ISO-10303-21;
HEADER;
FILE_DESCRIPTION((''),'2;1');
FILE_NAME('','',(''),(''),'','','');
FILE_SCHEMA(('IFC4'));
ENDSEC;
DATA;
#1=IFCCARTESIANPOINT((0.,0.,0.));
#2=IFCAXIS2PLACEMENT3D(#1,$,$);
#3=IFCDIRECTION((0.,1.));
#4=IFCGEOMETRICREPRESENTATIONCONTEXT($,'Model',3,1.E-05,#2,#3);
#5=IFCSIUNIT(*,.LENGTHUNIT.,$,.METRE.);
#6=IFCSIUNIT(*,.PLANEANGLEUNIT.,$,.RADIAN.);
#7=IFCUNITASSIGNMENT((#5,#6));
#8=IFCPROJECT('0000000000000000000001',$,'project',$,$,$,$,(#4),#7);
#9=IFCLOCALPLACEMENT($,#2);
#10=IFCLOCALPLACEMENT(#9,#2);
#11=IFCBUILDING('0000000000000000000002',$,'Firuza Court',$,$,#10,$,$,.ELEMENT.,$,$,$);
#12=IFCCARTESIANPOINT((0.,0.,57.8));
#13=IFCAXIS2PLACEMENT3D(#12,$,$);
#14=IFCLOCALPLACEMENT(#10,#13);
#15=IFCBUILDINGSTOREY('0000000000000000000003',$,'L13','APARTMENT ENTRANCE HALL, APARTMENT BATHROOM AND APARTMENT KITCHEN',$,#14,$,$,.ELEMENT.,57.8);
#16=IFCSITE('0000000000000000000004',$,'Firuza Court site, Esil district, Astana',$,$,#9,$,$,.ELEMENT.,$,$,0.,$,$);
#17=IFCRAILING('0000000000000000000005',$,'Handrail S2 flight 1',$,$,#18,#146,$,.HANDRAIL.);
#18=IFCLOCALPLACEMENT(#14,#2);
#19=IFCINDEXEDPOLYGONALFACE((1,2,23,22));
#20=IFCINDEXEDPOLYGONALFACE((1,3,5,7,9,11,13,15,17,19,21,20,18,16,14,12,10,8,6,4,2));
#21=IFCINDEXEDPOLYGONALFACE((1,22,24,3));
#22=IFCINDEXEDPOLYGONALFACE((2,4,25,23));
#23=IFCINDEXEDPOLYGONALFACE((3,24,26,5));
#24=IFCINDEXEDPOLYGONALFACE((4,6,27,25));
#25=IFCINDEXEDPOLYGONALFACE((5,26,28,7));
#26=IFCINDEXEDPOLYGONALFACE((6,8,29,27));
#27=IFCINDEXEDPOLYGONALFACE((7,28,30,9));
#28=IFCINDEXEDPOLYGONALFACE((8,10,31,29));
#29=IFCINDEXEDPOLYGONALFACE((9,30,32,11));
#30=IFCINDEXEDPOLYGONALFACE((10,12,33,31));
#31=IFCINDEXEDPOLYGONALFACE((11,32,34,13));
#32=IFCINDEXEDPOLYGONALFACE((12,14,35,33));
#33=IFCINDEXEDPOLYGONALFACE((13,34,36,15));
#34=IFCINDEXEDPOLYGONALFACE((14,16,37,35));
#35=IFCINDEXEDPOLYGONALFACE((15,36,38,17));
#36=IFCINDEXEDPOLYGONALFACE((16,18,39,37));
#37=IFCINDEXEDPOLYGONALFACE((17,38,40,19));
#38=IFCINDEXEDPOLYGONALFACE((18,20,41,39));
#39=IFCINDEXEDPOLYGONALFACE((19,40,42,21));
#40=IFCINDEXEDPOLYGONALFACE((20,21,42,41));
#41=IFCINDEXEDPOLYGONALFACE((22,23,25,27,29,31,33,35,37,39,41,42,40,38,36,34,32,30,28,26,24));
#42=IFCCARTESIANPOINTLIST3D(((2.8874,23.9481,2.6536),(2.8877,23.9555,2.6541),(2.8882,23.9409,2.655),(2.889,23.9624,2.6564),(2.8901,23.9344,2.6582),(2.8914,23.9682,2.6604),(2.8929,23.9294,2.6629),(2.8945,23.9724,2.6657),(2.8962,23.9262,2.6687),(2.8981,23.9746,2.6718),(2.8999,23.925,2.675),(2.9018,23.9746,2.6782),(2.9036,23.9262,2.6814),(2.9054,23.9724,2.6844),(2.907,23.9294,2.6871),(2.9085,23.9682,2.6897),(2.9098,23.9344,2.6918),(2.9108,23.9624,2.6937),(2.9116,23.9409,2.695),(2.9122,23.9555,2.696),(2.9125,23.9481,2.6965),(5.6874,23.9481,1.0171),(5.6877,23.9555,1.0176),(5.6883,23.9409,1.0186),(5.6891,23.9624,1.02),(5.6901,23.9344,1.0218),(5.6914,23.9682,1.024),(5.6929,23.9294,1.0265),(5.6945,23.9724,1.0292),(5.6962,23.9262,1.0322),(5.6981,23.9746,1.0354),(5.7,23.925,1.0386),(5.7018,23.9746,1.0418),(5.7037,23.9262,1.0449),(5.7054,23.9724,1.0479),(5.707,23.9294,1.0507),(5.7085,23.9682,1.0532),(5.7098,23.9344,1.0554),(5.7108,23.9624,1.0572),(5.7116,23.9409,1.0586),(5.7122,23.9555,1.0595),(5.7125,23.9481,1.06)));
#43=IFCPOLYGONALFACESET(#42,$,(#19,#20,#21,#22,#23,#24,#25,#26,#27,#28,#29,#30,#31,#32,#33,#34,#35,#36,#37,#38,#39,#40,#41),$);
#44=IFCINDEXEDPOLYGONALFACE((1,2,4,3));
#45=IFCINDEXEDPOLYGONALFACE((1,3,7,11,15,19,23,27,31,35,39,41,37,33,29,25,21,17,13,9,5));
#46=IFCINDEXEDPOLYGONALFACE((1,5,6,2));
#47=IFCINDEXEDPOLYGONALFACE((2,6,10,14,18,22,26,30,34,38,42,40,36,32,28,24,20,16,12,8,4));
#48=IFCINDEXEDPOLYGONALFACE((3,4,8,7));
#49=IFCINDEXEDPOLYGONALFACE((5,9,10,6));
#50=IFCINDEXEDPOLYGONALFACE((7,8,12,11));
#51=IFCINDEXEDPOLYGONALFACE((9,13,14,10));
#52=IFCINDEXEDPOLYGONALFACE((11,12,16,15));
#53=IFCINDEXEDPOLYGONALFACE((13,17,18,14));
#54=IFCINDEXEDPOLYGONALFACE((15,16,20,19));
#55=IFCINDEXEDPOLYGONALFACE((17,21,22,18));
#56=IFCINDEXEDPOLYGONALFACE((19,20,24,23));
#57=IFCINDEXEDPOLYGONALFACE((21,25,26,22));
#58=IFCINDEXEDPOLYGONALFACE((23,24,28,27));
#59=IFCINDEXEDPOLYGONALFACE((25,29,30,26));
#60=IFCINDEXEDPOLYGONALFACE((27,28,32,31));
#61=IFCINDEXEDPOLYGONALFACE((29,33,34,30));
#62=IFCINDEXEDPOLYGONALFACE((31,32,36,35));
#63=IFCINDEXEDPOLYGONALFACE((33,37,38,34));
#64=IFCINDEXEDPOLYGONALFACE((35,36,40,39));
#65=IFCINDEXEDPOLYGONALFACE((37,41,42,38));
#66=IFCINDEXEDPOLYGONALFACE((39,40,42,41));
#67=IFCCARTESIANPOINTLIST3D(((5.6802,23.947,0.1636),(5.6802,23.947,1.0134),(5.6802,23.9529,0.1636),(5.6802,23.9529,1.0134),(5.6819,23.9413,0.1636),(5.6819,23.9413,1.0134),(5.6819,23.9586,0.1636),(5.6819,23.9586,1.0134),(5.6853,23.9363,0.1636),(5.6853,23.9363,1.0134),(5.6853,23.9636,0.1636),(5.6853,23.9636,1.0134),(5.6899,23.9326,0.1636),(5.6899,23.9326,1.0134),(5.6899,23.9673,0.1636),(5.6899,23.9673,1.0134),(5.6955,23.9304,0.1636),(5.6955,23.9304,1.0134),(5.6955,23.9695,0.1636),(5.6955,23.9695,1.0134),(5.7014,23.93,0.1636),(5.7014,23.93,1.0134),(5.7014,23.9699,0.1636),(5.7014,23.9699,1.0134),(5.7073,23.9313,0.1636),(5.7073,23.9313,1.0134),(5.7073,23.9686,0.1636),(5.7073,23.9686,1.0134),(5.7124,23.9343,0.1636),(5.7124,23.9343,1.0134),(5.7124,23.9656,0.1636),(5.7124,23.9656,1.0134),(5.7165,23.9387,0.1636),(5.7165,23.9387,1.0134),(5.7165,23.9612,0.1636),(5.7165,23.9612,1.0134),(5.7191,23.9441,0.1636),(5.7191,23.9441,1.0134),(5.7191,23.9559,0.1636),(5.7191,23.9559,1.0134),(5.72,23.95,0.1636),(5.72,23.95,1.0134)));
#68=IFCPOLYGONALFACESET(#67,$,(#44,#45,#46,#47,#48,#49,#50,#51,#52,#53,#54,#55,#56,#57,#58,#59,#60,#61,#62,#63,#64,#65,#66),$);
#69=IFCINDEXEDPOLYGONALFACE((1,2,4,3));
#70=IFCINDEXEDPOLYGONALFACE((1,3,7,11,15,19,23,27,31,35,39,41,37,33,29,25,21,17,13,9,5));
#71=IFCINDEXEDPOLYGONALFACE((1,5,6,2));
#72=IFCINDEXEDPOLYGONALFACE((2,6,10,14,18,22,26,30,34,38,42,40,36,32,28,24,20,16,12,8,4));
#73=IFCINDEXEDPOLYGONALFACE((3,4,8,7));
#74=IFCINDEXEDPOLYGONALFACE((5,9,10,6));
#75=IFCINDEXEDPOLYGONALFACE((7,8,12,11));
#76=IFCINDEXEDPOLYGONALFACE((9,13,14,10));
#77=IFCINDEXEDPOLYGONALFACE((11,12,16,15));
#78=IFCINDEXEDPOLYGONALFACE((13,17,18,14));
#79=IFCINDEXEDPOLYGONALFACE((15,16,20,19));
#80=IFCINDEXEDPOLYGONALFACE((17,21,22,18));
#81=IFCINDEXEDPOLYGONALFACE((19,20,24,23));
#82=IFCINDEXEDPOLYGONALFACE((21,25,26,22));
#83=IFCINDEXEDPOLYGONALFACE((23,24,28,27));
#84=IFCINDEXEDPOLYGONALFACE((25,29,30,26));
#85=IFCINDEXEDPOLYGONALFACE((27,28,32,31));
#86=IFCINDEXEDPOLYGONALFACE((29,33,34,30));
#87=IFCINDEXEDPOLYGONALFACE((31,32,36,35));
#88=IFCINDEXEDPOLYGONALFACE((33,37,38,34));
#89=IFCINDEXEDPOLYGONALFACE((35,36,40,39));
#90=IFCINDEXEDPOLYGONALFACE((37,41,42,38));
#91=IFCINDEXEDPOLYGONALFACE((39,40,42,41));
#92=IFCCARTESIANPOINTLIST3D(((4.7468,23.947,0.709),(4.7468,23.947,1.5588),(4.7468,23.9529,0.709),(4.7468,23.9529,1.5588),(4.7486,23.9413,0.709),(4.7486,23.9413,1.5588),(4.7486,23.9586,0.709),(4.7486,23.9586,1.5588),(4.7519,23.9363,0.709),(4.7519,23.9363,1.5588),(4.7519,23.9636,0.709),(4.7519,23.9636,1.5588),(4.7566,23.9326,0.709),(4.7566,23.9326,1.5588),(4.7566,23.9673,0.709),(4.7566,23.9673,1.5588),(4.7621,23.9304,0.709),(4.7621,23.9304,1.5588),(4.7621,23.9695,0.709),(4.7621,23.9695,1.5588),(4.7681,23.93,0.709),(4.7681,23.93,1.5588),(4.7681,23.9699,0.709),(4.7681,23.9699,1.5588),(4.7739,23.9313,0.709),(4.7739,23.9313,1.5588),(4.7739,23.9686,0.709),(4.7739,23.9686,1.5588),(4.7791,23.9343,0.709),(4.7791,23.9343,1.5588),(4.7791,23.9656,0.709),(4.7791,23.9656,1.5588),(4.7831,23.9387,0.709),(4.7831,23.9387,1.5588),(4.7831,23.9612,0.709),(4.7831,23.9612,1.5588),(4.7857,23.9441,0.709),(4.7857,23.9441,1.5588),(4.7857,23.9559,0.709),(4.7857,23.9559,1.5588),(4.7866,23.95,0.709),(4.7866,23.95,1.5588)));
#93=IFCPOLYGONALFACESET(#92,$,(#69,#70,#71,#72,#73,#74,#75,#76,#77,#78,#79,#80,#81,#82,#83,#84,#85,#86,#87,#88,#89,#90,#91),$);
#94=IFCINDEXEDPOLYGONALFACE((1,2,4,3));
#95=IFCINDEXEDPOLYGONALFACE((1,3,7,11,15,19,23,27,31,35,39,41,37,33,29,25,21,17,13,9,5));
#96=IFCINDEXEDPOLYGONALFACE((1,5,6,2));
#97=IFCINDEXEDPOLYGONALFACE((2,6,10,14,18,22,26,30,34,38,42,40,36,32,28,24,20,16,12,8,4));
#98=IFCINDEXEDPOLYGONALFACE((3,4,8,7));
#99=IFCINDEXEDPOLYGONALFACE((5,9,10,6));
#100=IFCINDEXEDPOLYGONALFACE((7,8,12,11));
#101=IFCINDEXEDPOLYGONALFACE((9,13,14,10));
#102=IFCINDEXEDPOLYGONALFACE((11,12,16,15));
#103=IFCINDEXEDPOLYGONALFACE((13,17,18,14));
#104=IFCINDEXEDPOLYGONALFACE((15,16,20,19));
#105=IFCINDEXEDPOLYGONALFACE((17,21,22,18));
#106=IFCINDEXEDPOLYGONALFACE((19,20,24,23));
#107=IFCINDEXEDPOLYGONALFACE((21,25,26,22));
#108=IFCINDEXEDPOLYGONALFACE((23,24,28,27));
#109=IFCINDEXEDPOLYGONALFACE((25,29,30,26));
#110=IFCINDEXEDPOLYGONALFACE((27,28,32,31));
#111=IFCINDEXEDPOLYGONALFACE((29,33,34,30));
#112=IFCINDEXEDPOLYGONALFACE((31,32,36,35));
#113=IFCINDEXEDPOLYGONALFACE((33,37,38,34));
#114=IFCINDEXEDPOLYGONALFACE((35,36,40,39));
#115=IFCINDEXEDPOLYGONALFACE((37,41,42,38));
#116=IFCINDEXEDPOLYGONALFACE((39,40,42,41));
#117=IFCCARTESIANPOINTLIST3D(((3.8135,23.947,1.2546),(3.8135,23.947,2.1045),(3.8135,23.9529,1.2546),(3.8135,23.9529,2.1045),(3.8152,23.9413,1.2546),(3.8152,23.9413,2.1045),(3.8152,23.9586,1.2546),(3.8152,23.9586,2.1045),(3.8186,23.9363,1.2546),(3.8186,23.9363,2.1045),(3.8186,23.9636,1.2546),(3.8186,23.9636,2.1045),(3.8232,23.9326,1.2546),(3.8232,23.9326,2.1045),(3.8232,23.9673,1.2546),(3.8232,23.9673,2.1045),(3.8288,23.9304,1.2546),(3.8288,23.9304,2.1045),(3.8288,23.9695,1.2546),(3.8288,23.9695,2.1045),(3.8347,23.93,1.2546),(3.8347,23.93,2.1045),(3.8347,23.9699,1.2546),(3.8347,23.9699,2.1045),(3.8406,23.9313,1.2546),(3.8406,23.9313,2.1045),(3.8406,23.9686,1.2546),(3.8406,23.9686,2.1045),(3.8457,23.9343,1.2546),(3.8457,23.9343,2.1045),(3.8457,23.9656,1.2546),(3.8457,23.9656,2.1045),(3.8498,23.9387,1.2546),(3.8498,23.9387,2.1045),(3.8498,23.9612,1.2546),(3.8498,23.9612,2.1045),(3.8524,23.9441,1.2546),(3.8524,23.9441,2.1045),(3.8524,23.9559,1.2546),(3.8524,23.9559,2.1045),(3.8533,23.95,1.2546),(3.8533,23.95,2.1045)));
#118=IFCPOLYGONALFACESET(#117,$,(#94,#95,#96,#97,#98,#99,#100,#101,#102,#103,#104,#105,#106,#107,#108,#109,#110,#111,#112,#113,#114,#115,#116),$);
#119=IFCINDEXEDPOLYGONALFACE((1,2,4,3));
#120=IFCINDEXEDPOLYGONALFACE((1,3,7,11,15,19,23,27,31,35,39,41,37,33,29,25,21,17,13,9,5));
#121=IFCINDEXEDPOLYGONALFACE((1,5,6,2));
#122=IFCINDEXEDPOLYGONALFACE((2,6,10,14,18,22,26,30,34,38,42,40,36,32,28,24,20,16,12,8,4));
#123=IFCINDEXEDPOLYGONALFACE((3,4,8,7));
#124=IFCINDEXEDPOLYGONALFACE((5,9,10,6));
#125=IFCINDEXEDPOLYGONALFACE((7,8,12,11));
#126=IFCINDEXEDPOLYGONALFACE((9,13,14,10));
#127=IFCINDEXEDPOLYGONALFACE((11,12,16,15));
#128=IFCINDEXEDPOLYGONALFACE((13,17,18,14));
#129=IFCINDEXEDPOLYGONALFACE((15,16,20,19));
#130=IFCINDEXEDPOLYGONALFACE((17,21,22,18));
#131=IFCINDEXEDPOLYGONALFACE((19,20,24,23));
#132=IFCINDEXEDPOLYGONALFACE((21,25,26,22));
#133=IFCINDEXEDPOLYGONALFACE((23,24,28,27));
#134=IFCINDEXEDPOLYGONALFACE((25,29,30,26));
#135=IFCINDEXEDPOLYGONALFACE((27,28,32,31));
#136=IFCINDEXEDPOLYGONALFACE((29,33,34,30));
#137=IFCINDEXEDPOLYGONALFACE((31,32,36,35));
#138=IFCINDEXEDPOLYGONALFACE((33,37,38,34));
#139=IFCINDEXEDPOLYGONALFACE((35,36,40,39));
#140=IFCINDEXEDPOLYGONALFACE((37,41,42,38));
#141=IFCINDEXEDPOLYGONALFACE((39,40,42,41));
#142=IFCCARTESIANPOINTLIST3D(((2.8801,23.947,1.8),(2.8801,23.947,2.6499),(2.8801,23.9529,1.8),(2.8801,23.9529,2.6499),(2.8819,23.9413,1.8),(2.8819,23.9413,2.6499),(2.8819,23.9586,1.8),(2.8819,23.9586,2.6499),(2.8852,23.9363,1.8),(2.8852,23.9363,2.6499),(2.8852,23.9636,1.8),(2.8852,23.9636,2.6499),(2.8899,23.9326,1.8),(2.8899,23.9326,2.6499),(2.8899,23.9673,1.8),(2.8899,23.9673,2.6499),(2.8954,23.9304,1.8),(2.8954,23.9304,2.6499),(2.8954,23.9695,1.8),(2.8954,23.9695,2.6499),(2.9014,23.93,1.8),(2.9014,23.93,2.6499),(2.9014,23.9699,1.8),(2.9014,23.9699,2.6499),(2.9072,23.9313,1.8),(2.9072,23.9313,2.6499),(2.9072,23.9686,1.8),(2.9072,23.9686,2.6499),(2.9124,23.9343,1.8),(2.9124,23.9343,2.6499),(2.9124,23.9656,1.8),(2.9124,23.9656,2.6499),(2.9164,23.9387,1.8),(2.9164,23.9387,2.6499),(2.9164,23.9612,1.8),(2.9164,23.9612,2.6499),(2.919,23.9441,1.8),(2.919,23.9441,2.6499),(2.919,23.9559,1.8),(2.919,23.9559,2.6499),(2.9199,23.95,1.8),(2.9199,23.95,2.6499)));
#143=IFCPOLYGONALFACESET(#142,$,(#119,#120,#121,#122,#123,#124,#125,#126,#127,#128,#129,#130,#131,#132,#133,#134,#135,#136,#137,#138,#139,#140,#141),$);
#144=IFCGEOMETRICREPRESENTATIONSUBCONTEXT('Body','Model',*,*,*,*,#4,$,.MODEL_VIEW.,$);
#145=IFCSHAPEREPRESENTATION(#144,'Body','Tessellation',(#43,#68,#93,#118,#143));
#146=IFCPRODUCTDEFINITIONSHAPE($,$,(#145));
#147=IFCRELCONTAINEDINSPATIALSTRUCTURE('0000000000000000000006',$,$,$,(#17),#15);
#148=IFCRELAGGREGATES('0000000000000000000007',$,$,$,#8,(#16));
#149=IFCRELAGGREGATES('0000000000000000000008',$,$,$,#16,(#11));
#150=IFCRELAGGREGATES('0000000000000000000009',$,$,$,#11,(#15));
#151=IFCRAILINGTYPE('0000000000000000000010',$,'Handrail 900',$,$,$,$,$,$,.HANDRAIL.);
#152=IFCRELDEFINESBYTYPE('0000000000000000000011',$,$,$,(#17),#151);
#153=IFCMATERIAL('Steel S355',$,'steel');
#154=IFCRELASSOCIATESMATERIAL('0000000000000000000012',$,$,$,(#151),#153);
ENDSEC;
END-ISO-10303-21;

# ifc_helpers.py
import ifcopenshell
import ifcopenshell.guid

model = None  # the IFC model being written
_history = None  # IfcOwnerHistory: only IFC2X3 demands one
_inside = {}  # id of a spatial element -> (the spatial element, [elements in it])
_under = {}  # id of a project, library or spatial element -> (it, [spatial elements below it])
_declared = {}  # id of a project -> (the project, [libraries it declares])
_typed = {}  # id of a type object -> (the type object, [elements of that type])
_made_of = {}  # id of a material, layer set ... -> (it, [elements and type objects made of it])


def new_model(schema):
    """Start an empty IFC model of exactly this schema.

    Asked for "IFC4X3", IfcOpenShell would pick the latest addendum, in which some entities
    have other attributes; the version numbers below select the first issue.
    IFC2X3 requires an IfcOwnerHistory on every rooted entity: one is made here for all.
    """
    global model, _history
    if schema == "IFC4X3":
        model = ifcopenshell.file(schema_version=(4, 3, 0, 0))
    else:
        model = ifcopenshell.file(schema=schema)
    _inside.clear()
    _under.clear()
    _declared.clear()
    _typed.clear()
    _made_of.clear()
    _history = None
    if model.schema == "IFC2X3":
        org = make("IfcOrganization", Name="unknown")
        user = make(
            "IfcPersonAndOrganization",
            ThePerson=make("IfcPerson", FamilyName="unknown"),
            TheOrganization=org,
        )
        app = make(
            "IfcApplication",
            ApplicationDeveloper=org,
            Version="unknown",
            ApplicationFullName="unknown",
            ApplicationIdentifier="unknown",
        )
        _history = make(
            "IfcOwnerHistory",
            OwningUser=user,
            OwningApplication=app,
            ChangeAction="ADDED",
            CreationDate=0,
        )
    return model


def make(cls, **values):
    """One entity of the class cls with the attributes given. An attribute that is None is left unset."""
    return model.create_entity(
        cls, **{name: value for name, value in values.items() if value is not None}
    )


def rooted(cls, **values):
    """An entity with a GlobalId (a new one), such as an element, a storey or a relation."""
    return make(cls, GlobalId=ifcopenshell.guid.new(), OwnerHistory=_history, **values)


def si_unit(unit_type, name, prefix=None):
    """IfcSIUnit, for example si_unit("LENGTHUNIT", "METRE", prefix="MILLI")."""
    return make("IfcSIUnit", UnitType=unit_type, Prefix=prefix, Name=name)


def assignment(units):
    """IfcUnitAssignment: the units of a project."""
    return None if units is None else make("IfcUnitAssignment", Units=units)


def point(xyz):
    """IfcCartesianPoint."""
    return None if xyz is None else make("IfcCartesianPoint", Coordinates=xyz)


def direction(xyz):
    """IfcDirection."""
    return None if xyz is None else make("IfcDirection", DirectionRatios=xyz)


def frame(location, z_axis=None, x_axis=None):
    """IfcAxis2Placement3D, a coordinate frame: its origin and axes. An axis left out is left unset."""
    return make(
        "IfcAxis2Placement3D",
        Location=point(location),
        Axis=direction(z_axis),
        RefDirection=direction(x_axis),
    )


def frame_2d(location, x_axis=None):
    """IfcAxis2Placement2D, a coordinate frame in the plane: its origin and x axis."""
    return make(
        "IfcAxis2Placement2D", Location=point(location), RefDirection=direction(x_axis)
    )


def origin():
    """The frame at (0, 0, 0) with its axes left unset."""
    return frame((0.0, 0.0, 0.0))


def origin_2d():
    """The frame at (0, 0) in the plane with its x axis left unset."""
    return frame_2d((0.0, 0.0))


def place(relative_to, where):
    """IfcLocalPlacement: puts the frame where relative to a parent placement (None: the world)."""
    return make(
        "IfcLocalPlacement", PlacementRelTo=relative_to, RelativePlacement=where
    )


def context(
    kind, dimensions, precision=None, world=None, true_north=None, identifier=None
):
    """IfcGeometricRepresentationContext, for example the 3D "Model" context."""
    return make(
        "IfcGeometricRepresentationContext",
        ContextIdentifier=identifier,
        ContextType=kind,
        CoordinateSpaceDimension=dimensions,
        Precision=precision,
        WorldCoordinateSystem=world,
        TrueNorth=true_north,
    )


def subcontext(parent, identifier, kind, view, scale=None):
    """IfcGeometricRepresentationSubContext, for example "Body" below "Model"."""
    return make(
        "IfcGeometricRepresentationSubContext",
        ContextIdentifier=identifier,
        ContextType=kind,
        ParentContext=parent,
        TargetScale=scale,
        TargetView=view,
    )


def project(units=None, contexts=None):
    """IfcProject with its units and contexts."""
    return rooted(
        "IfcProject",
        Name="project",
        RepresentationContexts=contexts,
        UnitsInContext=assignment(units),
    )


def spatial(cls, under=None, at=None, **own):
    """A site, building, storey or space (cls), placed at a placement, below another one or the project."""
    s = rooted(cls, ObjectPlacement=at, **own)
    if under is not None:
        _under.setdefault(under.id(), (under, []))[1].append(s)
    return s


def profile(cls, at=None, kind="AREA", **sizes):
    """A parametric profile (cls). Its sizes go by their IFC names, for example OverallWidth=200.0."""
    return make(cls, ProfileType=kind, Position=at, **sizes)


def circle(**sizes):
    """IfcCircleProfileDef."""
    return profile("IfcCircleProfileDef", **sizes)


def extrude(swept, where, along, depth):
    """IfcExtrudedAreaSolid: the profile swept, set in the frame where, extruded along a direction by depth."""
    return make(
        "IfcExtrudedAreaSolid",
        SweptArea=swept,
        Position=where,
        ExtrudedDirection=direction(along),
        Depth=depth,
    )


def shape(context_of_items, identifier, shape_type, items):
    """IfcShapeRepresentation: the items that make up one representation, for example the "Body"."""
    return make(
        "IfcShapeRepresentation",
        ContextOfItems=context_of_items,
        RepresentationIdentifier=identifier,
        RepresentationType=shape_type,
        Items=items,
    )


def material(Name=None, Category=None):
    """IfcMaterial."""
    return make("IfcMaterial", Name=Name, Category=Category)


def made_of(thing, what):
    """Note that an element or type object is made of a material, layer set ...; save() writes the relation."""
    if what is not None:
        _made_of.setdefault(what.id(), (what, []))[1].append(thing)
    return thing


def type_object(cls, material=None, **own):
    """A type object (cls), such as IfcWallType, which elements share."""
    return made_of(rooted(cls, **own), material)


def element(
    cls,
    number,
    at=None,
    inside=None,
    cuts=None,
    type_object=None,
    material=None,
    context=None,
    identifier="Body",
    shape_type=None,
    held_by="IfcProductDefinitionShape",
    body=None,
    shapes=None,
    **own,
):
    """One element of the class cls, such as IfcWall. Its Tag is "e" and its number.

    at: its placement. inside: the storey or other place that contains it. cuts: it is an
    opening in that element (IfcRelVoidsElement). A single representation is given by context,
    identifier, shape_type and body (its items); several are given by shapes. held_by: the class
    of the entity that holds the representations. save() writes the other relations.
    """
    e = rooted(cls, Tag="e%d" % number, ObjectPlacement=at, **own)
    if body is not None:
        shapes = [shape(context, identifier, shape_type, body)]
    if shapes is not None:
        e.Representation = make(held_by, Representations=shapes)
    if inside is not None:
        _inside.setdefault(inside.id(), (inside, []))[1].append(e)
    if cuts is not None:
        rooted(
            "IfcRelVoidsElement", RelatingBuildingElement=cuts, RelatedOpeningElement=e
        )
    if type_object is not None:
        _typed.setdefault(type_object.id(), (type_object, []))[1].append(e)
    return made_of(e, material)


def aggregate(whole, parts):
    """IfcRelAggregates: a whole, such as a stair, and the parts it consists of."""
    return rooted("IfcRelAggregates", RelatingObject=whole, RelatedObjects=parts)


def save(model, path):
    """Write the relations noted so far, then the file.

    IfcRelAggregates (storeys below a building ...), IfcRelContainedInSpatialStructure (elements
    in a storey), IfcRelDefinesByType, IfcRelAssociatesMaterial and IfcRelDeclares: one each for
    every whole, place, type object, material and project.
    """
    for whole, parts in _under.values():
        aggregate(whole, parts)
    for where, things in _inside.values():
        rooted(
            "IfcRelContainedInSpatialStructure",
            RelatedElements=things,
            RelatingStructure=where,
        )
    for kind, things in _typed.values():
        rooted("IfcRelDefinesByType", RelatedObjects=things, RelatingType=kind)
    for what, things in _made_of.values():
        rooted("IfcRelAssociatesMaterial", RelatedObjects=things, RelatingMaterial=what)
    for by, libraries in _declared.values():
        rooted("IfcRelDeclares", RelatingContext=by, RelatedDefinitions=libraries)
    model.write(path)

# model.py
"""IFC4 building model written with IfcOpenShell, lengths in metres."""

from ifc_helpers import new_model, si_unit, direction, frame, origin, origin_2d, place, context, subcontext, project, spatial, circle, extrude, material, type_object, element, save


model = new_model("IFC4")

# Units and contexts
model_context = context("Model", 3, precision=1e-05, world=origin(), true_north=direction((0.0, 1.0)))
body_context = subcontext(model_context, "Body", "Model", "MODEL_VIEW")
ifc_project = project(units=[si_unit("LENGTHUNIT", "METRE"), si_unit("PLANEANGLEUNIT", "RADIAN")], contexts=[model_context])

# Site, building, storey
site_placement = place(None, origin())
site = spatial("IfcSite", under=ifc_project, at=site_placement, Name="Firuza Court site, Esil district, Astana", CompositionType="ELEMENT", RefElevation=0.0)
building_placement = place(site_placement, origin())
building = spatial("IfcBuilding", under=site, at=building_placement, Name="Firuza Court", CompositionType="ELEMENT")
storey_placement = place(building_placement, frame((0.0, 0.0, 57.8)))
storey = spatial("IfcBuildingStorey", under=building, at=storey_placement, Name="L13", Description="APARTMENT ENTRANCE HALL, APARTMENT BATHROOM AND APARTMENT KITCHEN", CompositionType="ELEMENT", Elevation=57.8)

# Railing
ifc_material_1 = material(Name="Steel S355", Category="steel")
railing_type_1 = type_object("IfcRailingType", Name="Handrail 900", PredefinedType="HANDRAIL", material=ifc_material_1)
railing_1_placement = place(storey_placement, frame((5.7, 23.95, 0.1636)))
element("IfcRailing", 1, at=railing_1_placement, inside=storey, type_object=railing_type_1, Name="Handrail S2 flight 1", PredefinedType="HANDRAIL", context=body_context, shape_type="SweptSolid", body=[
    extrude(circle(Radius=0.0249, at=origin_2d()), frame((0.0, 0.0, 0.875), z_axis=(-0.863361, 0.0, 0.504587), x_axis=(0.0, -1.0, 0.0)), (0.0, 0.0, 1.0), 3.2432),
    extrude(circle(Radius=0.02, at=origin_2d()), origin(), (0.0, 0.0, 1.0), 0.8499),
    extrude(circle(Radius=0.02, at=origin_2d()), frame((-0.9333, 0.0, 0.5454)), (0.0, 0.0, 1.0), 0.8499),
    extrude(circle(Radius=0.02, at=origin_2d()), frame((-1.8667, 0.0, 1.0911)), (0.0, 0.0, 1.0), 0.8499),
    extrude(circle(Radius=0.02, at=origin_2d()), frame((-2.8, 0.0, 1.6365)), (0.0, 0.0, 1.0), 0.8499),
])

save(model, "model.ifc")
